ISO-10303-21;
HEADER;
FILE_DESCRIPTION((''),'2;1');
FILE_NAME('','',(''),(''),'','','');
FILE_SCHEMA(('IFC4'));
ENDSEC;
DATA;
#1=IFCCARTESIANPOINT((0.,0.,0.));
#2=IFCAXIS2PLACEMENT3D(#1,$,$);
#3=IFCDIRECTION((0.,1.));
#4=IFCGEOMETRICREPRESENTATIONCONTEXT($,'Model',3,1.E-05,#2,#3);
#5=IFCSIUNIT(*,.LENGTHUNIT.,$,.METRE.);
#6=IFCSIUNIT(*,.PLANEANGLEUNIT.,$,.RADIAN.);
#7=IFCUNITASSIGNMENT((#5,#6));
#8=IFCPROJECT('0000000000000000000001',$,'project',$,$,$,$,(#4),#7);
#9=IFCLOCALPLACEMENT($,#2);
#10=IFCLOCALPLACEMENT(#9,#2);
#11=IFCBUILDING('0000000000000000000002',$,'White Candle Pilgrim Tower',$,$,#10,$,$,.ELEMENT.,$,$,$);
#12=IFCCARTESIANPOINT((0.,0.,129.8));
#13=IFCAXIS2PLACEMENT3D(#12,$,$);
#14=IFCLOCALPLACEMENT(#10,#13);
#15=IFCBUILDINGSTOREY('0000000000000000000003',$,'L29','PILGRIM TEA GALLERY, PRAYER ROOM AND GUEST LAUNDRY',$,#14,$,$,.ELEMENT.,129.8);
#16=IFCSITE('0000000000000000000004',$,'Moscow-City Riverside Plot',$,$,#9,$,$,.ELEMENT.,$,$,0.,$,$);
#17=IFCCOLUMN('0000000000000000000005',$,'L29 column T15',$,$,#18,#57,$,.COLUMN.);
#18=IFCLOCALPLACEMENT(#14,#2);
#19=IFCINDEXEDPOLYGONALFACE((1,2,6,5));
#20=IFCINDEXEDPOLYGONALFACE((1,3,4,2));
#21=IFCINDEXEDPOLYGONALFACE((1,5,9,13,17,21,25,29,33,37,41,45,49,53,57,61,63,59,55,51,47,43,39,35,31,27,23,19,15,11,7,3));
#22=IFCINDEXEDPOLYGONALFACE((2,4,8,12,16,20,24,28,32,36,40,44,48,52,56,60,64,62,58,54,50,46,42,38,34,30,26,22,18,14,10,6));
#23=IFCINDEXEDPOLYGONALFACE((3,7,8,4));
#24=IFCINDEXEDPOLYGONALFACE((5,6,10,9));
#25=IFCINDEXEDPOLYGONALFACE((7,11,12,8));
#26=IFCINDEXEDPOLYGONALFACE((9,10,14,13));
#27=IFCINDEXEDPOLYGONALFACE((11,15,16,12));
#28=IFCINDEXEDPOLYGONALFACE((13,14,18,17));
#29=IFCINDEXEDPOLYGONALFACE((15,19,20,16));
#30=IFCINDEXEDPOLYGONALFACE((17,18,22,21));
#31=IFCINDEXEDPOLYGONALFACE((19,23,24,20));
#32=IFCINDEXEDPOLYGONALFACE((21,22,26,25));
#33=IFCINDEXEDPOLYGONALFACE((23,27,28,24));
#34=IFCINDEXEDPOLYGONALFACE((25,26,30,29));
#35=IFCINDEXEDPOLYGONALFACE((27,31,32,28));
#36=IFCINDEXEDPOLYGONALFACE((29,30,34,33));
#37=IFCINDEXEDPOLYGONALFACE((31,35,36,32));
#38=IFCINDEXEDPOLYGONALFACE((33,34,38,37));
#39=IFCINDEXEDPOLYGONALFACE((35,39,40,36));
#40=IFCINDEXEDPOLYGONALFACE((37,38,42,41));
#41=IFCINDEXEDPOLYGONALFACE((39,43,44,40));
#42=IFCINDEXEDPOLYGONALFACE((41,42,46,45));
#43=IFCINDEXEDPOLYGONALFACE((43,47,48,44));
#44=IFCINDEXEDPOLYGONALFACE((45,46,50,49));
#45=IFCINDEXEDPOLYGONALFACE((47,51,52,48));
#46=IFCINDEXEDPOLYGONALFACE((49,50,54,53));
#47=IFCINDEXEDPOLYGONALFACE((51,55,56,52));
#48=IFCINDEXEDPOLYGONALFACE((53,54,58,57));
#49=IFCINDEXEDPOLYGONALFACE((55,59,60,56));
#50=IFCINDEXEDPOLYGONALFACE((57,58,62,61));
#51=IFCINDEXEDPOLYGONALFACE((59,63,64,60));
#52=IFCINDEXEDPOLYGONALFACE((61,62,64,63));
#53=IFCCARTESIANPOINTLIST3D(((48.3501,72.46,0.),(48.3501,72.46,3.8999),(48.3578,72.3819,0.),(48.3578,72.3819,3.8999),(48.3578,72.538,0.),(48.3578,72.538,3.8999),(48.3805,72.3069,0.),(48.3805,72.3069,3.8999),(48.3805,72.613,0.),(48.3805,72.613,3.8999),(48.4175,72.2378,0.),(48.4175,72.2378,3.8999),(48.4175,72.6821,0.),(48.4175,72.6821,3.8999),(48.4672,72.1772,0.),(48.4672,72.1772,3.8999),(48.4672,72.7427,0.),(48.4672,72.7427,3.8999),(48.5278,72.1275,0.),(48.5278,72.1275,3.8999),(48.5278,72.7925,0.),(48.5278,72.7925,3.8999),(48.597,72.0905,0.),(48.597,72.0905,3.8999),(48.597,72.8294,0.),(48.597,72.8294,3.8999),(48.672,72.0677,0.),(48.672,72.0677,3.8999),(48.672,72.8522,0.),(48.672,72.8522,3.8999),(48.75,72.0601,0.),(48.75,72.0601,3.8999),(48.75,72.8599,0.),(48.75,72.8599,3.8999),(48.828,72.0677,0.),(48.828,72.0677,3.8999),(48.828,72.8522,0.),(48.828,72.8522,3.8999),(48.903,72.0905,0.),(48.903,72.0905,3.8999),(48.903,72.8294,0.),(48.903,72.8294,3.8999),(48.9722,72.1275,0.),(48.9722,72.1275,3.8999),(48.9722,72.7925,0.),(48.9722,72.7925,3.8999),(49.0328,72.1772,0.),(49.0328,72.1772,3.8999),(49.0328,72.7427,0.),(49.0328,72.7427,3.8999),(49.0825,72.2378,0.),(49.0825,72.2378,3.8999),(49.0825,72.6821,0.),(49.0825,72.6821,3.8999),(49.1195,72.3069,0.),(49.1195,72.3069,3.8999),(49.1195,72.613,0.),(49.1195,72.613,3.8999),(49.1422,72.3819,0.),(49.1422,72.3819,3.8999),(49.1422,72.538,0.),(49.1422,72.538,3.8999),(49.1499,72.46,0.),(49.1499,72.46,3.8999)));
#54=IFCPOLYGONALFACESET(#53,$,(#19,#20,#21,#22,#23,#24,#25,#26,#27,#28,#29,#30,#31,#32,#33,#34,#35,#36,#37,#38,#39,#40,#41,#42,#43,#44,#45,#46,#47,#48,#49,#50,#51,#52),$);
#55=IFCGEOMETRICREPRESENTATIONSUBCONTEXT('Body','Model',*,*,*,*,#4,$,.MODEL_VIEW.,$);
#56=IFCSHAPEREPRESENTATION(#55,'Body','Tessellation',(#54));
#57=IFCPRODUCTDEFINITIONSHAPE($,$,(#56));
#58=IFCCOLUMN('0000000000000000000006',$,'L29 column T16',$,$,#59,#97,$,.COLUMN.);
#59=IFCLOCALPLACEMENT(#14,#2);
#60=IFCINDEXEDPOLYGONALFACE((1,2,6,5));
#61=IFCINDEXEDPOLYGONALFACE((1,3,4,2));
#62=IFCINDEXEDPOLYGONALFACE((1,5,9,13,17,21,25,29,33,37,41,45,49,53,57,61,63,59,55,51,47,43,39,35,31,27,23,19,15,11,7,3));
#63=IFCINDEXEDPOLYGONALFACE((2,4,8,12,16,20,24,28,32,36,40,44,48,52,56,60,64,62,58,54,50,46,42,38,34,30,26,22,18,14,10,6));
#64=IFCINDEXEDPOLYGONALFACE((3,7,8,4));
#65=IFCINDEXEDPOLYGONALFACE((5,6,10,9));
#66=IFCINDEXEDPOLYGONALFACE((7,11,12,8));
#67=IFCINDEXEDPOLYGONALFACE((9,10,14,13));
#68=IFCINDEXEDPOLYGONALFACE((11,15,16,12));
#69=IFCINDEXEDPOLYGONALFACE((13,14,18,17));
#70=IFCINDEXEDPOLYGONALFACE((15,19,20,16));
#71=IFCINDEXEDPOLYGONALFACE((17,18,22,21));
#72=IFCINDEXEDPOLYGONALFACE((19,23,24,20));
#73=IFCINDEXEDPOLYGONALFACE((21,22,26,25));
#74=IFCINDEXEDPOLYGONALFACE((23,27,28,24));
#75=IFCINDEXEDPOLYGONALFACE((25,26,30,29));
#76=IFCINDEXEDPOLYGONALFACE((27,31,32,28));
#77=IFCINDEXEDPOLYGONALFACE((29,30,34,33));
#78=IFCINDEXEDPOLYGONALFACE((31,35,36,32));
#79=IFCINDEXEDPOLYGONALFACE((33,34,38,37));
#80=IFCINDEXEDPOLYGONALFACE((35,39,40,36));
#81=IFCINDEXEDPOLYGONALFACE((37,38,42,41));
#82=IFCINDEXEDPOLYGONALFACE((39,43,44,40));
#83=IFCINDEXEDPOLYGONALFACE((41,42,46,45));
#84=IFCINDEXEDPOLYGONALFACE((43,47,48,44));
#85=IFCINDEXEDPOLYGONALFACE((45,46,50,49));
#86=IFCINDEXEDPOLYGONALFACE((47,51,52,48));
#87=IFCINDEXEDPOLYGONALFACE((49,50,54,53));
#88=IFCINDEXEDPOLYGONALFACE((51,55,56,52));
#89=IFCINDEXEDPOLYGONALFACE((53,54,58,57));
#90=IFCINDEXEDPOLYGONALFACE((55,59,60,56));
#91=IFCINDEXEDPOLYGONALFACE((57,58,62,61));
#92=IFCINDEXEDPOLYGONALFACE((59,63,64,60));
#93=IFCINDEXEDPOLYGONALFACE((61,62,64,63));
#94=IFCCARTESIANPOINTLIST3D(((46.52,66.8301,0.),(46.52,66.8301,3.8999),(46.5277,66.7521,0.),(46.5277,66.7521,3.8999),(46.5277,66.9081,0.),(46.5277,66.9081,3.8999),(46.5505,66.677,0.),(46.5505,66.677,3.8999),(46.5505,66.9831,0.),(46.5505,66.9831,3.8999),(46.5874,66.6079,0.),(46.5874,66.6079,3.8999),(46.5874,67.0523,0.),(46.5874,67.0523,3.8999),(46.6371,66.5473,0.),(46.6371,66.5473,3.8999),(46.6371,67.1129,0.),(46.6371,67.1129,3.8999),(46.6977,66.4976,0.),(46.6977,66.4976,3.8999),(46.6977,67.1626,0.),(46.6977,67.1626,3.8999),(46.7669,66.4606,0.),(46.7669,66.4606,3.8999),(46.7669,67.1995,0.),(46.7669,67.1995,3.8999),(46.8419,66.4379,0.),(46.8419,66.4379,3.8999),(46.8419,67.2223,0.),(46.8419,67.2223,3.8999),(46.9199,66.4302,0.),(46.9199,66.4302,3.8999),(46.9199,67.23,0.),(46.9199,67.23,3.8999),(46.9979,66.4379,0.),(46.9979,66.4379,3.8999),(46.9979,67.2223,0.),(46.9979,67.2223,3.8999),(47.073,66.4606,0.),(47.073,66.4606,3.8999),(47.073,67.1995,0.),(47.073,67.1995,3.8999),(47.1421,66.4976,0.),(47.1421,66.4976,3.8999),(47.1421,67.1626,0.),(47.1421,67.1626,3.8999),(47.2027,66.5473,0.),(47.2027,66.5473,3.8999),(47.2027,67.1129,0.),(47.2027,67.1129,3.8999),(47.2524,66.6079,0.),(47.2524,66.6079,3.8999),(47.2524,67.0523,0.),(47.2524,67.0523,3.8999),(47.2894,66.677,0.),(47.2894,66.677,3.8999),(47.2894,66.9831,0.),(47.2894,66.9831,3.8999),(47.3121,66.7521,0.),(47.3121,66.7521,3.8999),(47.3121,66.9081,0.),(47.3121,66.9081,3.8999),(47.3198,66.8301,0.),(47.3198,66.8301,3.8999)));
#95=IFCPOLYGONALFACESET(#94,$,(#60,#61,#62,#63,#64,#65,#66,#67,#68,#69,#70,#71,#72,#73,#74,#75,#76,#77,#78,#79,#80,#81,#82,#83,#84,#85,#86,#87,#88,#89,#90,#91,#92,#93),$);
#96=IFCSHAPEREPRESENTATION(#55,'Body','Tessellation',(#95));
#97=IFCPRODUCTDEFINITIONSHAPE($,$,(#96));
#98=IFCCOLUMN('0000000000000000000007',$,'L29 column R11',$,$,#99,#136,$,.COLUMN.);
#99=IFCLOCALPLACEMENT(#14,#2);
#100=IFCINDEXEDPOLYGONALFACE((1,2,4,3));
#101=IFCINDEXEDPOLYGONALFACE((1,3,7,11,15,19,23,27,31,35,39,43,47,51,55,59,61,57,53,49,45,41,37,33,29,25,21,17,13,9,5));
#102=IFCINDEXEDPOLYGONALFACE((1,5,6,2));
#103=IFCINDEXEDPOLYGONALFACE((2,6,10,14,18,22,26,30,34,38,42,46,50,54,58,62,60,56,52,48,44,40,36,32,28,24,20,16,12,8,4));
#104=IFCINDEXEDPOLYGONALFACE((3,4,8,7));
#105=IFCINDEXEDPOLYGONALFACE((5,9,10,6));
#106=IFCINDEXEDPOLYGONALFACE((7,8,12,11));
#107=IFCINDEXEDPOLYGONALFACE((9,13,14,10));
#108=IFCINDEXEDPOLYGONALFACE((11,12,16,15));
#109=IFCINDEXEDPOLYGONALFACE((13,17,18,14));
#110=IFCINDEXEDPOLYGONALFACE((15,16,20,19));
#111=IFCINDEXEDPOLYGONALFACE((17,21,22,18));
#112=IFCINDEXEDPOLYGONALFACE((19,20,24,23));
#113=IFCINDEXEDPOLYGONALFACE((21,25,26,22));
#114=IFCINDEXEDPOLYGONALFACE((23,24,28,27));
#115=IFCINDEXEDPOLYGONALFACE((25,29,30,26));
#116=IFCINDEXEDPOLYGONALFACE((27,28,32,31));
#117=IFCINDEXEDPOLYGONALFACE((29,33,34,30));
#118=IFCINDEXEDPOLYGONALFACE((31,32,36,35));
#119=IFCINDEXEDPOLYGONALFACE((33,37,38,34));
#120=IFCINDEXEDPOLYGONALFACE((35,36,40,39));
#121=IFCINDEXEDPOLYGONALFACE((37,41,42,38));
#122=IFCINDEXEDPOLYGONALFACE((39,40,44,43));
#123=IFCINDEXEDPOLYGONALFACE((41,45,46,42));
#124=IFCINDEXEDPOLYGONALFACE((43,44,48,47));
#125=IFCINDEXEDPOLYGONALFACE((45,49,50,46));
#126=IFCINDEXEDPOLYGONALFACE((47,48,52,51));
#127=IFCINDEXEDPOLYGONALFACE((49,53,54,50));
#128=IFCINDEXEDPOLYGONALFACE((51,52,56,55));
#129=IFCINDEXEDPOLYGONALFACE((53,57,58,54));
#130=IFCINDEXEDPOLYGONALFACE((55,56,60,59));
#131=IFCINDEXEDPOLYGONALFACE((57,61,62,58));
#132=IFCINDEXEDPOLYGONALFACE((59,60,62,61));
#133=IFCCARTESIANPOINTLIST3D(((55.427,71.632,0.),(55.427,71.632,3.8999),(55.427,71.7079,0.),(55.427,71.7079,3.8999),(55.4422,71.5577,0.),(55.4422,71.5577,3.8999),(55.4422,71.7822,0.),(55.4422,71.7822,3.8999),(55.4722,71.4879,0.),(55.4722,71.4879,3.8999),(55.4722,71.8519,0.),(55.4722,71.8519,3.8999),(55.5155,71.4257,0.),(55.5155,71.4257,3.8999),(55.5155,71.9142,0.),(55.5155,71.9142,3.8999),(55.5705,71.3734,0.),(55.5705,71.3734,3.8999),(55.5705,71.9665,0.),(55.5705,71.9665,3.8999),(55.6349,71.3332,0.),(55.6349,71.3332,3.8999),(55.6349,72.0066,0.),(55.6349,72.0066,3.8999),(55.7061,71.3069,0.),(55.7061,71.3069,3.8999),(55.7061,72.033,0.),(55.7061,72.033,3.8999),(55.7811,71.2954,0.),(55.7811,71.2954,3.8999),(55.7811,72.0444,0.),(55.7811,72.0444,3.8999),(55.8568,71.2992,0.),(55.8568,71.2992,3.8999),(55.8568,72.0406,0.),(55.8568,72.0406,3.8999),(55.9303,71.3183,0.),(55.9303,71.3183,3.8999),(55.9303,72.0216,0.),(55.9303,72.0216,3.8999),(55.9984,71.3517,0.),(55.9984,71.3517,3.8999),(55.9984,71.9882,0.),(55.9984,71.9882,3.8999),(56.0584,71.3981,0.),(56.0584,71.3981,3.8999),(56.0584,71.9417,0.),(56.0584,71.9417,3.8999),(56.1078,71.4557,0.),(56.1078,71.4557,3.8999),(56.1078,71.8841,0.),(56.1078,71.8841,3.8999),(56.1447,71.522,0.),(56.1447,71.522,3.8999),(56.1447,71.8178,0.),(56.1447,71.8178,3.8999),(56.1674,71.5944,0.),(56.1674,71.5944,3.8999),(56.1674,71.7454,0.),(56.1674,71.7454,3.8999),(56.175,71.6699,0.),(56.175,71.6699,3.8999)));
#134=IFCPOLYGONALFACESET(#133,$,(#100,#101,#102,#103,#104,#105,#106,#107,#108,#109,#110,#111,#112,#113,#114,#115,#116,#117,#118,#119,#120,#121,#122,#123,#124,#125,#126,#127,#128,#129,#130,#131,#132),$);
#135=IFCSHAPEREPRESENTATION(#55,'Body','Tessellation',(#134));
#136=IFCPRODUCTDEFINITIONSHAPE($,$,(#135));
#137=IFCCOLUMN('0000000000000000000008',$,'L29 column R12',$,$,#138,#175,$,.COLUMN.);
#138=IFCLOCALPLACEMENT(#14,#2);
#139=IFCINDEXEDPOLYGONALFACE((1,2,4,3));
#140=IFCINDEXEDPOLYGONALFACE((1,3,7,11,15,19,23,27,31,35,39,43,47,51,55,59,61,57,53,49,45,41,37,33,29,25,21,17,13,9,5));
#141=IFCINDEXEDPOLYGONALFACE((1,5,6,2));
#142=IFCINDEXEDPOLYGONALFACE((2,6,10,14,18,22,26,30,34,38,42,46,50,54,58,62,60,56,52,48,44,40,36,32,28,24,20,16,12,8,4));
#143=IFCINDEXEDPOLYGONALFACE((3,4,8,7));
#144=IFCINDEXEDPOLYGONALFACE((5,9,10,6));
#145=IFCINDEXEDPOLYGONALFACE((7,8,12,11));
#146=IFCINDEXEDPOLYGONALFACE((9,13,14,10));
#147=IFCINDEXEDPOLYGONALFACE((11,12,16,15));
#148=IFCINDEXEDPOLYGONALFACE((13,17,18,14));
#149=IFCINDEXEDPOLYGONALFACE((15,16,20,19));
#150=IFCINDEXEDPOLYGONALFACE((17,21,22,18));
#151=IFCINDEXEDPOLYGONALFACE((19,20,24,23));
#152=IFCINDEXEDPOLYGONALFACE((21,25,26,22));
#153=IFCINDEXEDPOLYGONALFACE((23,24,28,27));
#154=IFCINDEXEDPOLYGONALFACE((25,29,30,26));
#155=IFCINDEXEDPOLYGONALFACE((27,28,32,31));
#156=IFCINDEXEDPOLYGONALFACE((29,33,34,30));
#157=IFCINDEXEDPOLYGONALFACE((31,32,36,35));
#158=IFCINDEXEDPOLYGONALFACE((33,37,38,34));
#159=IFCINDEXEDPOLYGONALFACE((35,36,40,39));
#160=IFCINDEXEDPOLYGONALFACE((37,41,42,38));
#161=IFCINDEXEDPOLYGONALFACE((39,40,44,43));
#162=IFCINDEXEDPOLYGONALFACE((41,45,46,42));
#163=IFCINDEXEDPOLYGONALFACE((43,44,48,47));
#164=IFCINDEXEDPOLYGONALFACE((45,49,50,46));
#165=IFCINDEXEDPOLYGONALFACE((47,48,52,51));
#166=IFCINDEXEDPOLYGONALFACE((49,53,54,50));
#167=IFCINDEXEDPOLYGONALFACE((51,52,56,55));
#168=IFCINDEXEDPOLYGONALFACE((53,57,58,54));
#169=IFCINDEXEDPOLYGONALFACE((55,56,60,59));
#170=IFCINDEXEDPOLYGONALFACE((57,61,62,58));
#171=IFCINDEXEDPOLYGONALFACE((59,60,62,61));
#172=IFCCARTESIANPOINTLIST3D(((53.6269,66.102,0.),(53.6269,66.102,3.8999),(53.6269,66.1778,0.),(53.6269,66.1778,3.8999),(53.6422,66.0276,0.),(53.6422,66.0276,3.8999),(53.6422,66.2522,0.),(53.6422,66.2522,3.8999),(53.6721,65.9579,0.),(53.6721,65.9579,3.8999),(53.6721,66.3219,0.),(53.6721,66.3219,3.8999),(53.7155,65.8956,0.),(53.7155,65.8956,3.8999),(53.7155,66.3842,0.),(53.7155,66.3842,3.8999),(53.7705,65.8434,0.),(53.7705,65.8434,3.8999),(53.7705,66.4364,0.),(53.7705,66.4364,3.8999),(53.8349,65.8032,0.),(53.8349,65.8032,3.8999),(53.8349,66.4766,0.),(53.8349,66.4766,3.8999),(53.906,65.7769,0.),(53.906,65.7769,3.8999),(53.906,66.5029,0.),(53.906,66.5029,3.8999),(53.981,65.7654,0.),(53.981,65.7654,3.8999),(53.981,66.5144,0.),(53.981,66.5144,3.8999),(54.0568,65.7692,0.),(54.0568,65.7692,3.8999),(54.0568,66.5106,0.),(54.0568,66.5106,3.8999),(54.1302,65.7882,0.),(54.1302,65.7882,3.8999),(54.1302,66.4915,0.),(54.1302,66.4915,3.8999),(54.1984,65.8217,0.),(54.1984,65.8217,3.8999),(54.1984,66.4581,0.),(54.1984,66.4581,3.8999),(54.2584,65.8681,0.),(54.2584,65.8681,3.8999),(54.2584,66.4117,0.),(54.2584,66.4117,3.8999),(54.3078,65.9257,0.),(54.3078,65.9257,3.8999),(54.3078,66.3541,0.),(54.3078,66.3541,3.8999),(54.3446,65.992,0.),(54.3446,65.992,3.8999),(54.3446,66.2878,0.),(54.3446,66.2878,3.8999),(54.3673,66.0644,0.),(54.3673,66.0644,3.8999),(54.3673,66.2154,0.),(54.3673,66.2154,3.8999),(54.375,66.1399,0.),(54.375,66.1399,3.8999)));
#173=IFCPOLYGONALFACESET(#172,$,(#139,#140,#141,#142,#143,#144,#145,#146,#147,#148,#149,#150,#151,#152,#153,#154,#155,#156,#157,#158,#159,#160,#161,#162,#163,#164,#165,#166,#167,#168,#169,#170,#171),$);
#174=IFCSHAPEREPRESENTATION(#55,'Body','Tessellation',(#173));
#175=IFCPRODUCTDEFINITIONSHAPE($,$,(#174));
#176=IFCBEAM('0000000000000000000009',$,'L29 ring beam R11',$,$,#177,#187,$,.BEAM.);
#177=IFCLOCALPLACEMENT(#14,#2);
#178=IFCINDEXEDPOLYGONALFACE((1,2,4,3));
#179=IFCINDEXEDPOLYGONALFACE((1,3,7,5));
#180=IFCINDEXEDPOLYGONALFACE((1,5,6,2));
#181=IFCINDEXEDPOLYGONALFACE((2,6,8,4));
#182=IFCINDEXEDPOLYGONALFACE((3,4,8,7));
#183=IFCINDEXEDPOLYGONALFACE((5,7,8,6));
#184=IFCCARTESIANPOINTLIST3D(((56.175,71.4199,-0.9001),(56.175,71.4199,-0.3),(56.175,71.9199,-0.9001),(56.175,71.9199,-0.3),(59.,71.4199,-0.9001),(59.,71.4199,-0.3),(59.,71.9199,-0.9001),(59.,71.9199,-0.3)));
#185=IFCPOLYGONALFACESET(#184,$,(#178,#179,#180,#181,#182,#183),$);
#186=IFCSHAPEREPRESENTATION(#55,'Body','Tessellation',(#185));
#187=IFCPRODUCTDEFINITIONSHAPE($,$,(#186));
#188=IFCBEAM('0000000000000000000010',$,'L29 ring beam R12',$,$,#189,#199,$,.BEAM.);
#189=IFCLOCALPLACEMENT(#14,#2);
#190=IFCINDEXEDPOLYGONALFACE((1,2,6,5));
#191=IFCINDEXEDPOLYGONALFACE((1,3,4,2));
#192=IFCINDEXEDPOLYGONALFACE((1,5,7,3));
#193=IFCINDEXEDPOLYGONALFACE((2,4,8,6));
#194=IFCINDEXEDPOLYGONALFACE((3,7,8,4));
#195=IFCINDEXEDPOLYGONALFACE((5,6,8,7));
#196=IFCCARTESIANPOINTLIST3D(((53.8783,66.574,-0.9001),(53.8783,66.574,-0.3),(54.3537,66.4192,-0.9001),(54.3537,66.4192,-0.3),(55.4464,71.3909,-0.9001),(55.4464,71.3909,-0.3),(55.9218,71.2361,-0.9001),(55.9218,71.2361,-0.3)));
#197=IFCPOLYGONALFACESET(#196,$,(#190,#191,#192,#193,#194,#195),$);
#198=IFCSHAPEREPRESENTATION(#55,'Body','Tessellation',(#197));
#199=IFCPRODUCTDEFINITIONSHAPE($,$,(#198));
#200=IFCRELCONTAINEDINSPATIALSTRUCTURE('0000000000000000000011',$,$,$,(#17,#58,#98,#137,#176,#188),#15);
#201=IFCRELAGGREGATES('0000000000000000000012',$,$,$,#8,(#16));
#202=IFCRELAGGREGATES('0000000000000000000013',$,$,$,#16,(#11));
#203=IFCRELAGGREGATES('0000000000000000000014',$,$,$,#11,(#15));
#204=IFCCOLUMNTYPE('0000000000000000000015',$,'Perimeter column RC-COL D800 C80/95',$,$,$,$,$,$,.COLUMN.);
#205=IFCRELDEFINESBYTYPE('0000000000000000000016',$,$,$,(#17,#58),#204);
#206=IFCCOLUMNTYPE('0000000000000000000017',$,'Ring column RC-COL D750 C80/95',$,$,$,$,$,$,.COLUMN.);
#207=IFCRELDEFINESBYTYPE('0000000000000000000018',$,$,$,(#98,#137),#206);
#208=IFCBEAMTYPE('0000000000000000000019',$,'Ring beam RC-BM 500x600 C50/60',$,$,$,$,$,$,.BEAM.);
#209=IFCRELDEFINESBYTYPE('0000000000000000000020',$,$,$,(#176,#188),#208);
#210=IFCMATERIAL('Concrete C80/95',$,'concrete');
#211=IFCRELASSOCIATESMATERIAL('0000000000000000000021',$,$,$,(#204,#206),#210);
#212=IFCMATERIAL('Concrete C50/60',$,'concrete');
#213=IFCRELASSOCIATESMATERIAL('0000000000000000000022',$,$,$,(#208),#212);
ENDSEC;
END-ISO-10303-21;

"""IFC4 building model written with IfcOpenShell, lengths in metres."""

from ifc_helpers import new_model, si_unit, direction, frame, origin, origin_2d, place, context, subcontext, project, spatial, rectangle, circle, extrude, material, material_profile, profile_set, type_object, element, save


model = new_model("IFC4")

# Units and contexts
model_context = context("Model", 3, precision=1e-05, world=origin(), true_north=direction((0.0, 1.0)))
body_context = subcontext(model_context, "Body", "Model", "MODEL_VIEW")
ifc_project = project(units=[si_unit("LENGTHUNIT", "METRE"), si_unit("PLANEANGLEUNIT", "RADIAN")], contexts=[model_context])

# Site, building, storey
site_placement = place(None, origin())
site = spatial("IfcSite", under=ifc_project, at=site_placement, Name="Moscow-City Riverside Plot", CompositionType="ELEMENT", RefElevation=0.0)
building_placement = place(site_placement, origin())
building = spatial("IfcBuilding", under=site, at=building_placement, Name="White Candle Pilgrim Tower", CompositionType="ELEMENT")
storey_placement = place(building_placement, frame((0.0, 0.0, 129.8)))
storey = spatial("IfcBuildingStorey", under=building, at=storey_placement, Name="L29", Description="PILGRIM TEA GALLERY, PRAYER ROOM AND GUEST LAUNDRY", CompositionType="ELEMENT", Elevation=129.8)

# Columns
ifc_material_1 = material(Name="Concrete C80/95", Category="concrete")
ifc_material_profile_1 = material_profile(ifc_material_1, circle(Radius=0.3999, at=origin_2d()), Name="RC-COL D800")
ifc_profile_set_1 = profile_set([ifc_material_profile_1], Name="Concrete C80/95")
column_type_1 = type_object("IfcColumnType", Name="Perimeter column RC-COL D800 C80/95", PredefinedType="COLUMN", material=ifc_profile_set_1)
for number, where, z_axis, x_axis, name in (
    (1, (48.75, 72.46, 0.0), (0.0, 0.0, 1.0), (1.0, 0.0, 0.0), "L29 column T15"),
    (2, (46.9199, 66.8301, 0.0), (0.0, 0.0, 1.0), (1.0, 0.0, 0.0), "L29 column T16"),
):
    element("IfcColumn", number, at=place(storey_placement, frame(where, z_axis=z_axis, x_axis=x_axis)), inside=storey, type_object=column_type_1, Name=name, PredefinedType="COLUMN", context=body_context, shape_type="SweptSolid", body=[
        extrude(circle(Radius=0.3999, at=origin_2d()), origin(), (0.0, 0.0, 1.0), 3.8999),
    ])
ifc_material_profile_2 = material_profile(ifc_material_1, circle(Radius=0.375, at=origin_2d()), Name="RC-COL D750")
ifc_profile_set_2 = profile_set([ifc_material_profile_2], Name="Concrete C80/95")
column_type_2 = type_object("IfcColumnType", Name="Ring column RC-COL D750 C80/95", PredefinedType="COLUMN", material=ifc_profile_set_2)
for number, where, z_axis, x_axis, name in (
    (3, (55.8, 71.6699, 0.0), (0.0, 0.0, 1.0), (1.0, 0.0, 0.0), "L29 column R11"),
    (4, (54.0, 66.1399, 0.0), (0.0, 0.0, 1.0), (1.0, 0.0, 0.0), "L29 column R12"),
):
    element("IfcColumn", number, at=place(storey_placement, frame(where, z_axis=z_axis, x_axis=x_axis)), inside=storey, type_object=column_type_2, Name=name, PredefinedType="COLUMN", context=body_context, shape_type="SweptSolid", body=[
        extrude(circle(Radius=0.375, at=origin_2d()), origin(), (0.0, 0.0, 1.0), 3.8999),
    ])

# Beams
ifc_material_2 = material(Name="Concrete C50/60", Category="concrete")
ifc_material_profile_3 = material_profile(ifc_material_2, rectangle(XDim=0.5, YDim=0.6001, at=origin_2d()), Name="RC-BM 500x600")
ifc_profile_set_3 = profile_set([ifc_material_profile_3], Name="Concrete C50/60")
beam_type_1 = type_object("IfcBeamType", Name="Ring beam RC-BM 500x600 C50/60", PredefinedType="BEAM", material=ifc_profile_set_3)
beam_1_placement = place(storey_placement, frame((56.175, 71.6699, -0.6001), z_axis=(1.0, 0.0, 0.0), x_axis=(0.0, 1.0, 0.0)))
element("IfcBeam", 5, at=beam_1_placement, inside=storey, type_object=beam_type_1, Name="L29 ring beam R11", PredefinedType="BEAM", context=body_context, shape_type="SweptSolid", body=[
    extrude(rectangle(XDim=0.5, YDim=0.6001, at=origin_2d()), origin(), (0.0, 0.0, 1.0), 2.825),
])
beam_2_placement = place(storey_placement, frame((55.6841, 71.3135, -0.6001), z_axis=(-0.309555, -0.950882, 0.0), x_axis=(0.950882, -0.309555, 0.0)))
element("IfcBeam", 6, at=beam_2_placement, inside=storey, type_object=beam_type_1, Name="L29 ring beam R12", PredefinedType="BEAM", context=body_context, shape_type="SweptSolid", body=[
    extrude(rectangle(XDim=0.5, YDim=0.6001, at=origin_2d()), origin(), (0.0, 0.0, 1.0), 5.0657),
])

save(model, "model.ifc")
